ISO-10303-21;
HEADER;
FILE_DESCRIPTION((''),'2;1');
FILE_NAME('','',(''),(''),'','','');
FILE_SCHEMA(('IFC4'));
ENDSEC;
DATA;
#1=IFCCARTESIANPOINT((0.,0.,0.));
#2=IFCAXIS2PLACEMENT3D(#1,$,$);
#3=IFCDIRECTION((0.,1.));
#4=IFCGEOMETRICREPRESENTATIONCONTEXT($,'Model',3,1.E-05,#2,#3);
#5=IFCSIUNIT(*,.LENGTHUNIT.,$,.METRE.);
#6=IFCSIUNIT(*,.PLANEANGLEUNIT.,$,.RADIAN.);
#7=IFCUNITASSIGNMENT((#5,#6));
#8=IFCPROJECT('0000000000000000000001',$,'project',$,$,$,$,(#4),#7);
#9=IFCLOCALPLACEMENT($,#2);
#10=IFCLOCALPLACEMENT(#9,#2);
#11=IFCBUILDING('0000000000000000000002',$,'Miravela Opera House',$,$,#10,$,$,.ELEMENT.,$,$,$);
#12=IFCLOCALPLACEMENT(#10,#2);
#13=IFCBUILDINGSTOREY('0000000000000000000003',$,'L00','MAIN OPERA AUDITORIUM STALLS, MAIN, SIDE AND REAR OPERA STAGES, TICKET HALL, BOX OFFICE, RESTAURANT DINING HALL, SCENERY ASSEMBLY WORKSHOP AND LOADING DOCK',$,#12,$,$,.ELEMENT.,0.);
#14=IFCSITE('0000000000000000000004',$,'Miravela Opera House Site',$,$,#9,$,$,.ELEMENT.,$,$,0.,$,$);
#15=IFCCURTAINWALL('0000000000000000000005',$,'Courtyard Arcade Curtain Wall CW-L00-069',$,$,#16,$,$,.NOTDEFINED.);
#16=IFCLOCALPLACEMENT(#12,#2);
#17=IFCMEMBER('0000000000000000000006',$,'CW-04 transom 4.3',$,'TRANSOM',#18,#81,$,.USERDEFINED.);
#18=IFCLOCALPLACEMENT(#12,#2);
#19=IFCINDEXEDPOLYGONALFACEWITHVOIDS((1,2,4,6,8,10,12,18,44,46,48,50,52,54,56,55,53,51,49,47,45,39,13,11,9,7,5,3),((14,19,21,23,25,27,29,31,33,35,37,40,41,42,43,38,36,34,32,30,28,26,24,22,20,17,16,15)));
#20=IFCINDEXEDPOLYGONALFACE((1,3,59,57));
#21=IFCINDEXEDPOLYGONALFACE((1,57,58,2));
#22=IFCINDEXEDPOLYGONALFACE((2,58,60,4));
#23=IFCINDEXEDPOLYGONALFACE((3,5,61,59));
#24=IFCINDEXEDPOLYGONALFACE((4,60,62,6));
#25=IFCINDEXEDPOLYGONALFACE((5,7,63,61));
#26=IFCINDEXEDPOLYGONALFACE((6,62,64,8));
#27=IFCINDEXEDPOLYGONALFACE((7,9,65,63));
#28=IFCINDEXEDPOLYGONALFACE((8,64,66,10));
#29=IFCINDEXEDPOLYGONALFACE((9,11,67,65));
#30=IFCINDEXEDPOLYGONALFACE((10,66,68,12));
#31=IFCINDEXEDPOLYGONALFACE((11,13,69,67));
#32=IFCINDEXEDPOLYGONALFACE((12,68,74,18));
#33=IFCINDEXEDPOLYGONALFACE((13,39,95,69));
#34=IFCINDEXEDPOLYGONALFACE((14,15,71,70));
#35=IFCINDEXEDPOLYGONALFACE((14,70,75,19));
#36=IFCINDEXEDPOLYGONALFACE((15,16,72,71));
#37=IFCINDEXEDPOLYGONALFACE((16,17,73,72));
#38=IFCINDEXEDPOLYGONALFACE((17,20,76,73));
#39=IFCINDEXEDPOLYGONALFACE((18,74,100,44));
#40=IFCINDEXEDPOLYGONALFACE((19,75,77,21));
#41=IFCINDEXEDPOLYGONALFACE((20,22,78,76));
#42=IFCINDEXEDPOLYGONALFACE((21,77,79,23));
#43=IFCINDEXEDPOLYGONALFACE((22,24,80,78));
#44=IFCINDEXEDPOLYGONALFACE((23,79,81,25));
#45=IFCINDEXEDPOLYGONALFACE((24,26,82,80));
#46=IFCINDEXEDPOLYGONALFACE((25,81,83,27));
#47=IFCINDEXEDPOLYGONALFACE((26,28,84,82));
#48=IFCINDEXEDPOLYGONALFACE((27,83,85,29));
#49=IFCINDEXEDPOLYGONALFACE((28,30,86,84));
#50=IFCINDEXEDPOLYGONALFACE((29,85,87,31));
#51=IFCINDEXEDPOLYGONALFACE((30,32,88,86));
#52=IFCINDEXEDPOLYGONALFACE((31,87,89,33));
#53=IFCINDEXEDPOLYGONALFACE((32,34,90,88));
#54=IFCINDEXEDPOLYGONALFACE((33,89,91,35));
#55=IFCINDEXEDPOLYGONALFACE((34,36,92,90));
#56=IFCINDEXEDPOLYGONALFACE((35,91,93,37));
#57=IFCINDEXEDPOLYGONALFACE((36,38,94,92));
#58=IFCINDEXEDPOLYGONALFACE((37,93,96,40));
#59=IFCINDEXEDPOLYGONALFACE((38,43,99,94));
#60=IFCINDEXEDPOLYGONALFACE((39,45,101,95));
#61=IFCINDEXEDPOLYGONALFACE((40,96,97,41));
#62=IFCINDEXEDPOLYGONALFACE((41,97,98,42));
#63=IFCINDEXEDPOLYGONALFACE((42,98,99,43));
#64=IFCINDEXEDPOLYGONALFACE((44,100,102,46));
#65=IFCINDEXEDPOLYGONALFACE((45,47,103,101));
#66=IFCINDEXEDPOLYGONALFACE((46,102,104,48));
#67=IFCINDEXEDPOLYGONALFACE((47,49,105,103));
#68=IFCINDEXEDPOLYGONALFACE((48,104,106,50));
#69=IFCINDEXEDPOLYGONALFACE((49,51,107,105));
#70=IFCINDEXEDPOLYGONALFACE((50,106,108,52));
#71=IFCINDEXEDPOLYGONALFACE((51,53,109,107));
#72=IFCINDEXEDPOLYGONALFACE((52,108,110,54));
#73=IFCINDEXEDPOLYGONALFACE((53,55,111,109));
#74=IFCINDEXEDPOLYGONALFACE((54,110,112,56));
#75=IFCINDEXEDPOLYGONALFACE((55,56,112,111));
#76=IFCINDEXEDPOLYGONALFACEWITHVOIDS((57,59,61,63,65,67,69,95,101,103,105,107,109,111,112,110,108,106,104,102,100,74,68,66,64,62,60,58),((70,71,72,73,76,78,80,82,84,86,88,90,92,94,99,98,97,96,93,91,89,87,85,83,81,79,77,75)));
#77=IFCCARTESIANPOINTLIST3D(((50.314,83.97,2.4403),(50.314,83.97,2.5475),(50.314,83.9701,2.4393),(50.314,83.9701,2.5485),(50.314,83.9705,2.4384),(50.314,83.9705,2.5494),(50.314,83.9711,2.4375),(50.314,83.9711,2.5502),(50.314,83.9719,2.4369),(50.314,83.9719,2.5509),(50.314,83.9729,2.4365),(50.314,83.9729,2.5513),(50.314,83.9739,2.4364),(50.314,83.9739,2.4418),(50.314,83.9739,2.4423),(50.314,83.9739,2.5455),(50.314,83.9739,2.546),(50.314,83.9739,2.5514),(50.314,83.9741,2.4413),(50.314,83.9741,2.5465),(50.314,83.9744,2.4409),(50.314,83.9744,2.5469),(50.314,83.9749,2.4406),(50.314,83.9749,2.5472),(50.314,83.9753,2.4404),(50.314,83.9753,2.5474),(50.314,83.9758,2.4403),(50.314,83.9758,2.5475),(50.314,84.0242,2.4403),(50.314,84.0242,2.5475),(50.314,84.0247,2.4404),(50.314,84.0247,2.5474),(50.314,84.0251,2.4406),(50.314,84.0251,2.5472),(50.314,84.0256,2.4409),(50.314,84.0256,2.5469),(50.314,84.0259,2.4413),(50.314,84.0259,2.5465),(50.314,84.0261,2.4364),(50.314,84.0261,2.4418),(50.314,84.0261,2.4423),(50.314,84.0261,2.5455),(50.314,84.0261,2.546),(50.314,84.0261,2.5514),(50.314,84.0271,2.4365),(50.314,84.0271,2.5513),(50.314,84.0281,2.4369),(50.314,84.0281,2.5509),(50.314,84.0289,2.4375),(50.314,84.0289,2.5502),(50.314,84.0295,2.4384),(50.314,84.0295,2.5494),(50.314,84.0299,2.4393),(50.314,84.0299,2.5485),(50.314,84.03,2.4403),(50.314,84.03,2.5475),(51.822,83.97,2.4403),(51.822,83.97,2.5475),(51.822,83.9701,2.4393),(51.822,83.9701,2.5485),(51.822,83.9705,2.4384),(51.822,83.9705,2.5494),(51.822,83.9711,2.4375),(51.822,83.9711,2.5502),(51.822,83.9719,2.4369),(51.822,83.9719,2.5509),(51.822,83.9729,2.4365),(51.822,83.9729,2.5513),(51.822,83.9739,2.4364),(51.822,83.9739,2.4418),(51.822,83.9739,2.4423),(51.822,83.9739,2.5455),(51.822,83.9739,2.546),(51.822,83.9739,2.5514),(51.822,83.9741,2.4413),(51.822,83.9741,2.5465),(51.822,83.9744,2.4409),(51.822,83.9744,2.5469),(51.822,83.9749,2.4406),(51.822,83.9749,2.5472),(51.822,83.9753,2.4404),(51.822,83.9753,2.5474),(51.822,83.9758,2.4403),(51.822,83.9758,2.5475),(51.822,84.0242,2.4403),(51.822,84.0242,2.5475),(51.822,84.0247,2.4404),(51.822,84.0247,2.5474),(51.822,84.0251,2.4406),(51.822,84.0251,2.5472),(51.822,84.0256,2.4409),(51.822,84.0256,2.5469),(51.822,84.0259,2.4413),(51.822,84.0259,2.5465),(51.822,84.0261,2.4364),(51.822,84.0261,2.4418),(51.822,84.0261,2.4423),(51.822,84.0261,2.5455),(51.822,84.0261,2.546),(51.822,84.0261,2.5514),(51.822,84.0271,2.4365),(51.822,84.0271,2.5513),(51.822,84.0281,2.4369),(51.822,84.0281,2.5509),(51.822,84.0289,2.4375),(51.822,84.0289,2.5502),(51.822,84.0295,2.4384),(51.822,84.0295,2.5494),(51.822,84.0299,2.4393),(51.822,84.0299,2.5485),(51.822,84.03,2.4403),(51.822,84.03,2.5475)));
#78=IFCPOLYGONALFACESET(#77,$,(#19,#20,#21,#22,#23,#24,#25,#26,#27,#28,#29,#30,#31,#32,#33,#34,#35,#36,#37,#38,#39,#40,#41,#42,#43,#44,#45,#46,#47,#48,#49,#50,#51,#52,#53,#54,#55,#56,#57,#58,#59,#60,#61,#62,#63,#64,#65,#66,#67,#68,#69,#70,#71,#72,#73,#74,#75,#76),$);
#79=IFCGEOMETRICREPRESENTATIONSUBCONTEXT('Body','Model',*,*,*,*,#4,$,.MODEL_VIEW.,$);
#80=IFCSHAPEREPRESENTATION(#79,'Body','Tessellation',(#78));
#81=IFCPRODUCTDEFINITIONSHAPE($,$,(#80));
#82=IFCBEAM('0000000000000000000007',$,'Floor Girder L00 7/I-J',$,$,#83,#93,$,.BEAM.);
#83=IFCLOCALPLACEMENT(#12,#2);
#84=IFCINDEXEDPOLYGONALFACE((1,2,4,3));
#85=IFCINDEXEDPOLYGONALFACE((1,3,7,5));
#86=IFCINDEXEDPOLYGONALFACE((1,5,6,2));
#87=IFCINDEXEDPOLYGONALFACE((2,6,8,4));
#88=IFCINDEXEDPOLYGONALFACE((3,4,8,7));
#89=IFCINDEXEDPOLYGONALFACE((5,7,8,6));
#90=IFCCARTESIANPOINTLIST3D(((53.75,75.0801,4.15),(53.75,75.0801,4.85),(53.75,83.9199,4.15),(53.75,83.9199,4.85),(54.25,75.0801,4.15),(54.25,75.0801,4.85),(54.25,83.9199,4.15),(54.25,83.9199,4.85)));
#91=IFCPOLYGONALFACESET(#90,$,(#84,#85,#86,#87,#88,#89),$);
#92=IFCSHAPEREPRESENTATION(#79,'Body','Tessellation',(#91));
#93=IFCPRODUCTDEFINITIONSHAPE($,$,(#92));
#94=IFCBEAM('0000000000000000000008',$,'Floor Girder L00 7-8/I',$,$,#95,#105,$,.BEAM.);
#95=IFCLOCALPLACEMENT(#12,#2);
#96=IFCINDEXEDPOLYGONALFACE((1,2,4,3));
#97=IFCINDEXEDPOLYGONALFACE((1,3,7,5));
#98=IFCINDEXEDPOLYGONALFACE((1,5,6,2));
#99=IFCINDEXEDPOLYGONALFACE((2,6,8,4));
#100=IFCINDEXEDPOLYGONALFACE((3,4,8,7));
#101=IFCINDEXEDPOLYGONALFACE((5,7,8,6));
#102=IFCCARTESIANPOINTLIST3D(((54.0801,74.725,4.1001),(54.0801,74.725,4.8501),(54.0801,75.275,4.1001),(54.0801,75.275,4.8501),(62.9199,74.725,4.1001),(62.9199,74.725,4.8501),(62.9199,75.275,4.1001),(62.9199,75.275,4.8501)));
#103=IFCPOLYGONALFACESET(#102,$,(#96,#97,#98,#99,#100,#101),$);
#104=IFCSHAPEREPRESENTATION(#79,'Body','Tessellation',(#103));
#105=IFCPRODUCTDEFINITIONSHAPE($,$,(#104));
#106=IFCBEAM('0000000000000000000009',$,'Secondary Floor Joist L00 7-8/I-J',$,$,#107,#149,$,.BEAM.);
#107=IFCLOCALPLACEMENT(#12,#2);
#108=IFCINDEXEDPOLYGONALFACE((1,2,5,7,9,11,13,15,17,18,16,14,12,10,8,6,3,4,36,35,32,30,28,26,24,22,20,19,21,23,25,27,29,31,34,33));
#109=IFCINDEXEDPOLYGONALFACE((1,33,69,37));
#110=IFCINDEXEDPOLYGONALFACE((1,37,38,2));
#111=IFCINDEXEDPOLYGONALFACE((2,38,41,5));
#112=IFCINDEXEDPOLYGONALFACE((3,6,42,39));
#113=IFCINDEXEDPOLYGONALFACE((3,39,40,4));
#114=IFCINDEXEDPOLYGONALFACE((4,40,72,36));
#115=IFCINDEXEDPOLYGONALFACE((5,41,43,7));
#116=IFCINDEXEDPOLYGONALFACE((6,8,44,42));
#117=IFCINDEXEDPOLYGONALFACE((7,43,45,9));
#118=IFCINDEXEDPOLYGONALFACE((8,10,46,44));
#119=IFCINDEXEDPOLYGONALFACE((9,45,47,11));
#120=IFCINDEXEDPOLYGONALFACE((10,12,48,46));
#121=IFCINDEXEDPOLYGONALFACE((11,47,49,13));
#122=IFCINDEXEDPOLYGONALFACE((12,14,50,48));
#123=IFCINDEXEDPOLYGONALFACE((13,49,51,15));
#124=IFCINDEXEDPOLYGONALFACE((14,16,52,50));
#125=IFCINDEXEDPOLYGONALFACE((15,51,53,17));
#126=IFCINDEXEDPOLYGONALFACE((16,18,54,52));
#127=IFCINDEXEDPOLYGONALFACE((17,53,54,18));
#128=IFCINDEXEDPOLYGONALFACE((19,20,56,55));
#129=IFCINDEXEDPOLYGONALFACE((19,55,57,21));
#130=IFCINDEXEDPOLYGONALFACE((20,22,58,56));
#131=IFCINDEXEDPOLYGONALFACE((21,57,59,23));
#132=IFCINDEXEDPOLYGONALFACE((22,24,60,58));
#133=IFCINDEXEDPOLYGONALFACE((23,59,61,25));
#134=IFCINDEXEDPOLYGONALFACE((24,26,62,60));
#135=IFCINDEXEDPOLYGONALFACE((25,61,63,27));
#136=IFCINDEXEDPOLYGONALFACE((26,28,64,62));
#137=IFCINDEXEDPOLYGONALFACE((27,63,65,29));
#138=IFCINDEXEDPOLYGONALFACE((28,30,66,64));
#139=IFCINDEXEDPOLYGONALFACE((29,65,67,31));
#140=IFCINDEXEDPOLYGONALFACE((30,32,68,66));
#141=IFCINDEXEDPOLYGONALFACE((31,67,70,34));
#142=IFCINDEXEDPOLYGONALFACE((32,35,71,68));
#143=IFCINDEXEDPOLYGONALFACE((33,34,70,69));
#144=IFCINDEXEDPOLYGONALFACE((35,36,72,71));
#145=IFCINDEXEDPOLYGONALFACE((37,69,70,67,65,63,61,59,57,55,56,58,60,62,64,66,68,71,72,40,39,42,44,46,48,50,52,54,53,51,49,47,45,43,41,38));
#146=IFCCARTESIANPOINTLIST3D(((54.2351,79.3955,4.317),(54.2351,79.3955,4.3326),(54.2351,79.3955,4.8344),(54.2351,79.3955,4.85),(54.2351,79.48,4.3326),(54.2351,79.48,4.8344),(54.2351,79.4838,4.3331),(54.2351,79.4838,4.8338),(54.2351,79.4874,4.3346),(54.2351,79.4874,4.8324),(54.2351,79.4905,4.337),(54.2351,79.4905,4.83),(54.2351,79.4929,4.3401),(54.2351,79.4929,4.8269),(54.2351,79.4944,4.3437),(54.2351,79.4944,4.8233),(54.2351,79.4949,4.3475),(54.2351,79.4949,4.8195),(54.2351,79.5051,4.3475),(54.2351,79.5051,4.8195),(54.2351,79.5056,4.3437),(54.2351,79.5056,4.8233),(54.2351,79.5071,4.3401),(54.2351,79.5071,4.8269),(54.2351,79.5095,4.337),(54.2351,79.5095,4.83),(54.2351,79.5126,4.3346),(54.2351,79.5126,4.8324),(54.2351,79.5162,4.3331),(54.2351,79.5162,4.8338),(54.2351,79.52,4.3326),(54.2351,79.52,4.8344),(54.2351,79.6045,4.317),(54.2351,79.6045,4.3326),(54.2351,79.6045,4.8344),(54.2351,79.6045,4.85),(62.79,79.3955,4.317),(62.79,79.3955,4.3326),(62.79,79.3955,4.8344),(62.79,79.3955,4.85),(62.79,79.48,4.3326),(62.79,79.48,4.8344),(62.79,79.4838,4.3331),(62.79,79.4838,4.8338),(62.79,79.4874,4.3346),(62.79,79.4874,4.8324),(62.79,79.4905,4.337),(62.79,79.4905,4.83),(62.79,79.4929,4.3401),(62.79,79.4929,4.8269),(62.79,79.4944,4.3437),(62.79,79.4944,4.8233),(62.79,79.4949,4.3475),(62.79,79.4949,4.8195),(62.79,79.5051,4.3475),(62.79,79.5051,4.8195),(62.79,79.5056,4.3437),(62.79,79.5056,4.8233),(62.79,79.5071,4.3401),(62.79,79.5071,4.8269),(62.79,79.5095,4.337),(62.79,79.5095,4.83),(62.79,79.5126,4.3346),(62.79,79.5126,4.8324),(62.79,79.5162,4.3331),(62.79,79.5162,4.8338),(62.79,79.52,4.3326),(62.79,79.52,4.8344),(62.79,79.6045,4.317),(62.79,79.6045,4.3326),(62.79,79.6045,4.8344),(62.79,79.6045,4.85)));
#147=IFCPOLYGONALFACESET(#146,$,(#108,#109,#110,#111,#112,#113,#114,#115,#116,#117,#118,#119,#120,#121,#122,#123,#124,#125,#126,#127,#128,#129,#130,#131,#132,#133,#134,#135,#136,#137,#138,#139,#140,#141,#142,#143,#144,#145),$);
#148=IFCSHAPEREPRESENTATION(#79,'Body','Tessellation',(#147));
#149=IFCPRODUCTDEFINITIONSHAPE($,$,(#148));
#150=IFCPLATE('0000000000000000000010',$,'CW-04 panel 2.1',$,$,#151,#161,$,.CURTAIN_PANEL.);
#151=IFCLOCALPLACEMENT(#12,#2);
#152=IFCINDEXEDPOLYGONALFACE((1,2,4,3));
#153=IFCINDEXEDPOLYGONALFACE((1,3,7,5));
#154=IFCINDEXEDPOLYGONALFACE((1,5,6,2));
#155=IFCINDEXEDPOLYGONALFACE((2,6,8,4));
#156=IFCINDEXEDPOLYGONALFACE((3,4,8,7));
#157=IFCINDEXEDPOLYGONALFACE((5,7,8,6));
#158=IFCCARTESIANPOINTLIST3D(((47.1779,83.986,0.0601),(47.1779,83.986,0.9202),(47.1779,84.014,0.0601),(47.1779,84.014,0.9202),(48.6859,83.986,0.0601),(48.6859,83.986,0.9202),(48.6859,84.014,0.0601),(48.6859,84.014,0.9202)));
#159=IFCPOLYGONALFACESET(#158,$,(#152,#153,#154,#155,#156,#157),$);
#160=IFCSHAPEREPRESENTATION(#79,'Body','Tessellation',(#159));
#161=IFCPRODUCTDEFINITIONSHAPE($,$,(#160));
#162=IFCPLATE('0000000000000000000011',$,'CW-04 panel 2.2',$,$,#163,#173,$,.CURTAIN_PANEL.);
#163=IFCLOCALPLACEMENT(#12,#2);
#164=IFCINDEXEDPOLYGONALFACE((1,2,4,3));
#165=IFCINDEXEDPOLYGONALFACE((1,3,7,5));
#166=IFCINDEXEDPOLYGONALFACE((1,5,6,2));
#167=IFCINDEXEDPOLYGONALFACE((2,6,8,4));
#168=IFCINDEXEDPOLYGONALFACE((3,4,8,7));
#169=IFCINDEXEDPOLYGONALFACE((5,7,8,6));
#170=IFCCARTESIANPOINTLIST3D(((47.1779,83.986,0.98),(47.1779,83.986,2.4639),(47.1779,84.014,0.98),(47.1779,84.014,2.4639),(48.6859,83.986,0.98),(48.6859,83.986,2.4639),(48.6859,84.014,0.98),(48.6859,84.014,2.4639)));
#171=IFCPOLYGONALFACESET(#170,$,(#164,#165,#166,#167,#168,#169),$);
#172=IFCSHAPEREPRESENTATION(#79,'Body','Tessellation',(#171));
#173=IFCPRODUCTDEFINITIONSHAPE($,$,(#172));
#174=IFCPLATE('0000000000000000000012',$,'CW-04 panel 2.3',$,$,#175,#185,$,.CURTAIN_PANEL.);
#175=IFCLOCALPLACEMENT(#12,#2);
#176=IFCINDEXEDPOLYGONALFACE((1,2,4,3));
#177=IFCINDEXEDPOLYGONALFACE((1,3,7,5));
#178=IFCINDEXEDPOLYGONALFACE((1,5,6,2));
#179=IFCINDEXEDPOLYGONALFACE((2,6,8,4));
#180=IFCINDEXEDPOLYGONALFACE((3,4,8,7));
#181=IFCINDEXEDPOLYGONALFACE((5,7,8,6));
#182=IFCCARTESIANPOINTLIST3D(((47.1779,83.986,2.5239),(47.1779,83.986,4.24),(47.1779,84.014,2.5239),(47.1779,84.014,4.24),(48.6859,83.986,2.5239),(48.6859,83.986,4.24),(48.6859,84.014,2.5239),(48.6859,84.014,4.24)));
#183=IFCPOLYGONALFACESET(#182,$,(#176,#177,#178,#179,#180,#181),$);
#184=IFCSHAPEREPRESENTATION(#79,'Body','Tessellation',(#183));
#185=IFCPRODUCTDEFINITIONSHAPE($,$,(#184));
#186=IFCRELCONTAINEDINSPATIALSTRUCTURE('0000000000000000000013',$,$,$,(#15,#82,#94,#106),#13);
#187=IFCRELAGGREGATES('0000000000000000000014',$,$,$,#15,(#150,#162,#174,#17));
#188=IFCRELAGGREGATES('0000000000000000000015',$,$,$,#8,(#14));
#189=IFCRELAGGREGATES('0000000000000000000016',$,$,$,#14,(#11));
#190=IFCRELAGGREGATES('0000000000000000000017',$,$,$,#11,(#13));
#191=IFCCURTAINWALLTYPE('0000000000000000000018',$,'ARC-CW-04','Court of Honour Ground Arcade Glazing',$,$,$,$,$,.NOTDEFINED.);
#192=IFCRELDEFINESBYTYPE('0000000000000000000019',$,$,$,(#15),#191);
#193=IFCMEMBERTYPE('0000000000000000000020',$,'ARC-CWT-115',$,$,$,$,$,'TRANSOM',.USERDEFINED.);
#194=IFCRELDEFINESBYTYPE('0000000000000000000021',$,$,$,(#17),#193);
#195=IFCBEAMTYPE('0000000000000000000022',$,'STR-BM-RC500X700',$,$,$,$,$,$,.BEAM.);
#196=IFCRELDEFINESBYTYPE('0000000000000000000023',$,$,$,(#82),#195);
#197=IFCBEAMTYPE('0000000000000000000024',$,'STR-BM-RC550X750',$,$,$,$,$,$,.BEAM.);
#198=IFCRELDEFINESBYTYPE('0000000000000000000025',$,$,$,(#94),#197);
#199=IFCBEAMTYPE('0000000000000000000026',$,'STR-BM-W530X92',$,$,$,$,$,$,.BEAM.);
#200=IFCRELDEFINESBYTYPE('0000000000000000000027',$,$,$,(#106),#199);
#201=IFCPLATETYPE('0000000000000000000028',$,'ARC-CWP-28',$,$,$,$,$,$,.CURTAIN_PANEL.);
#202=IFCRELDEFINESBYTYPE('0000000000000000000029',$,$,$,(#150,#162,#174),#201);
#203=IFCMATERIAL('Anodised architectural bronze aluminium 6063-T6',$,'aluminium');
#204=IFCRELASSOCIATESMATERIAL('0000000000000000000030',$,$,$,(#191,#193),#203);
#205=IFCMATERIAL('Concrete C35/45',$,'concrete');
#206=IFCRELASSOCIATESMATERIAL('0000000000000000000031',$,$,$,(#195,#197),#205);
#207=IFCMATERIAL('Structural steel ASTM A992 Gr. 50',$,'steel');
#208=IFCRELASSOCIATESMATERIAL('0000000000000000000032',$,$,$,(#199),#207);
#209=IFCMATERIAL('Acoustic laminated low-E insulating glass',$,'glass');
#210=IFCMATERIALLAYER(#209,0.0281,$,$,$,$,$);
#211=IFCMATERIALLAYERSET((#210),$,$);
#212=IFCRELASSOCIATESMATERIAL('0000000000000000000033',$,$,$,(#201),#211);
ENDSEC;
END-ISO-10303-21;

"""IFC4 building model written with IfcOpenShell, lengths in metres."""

from ifc_helpers import new_model, si_unit, direction, frame, origin, origin_2d, place, context, subcontext, project, spatial, rectangle, hollow_rectangle, i_section, extrude, material, layer, layer_set, material_profile, profile_set, type_object, element, aggregate, save


model = new_model("IFC4")

# Units and contexts
model_context = context("Model", 3, precision=1e-05, world=origin(), true_north=direction((0.0, 1.0)))
body_context = subcontext(model_context, "Body", "Model", "MODEL_VIEW")
ifc_project = project(units=[si_unit("LENGTHUNIT", "METRE"), si_unit("PLANEANGLEUNIT", "RADIAN")], contexts=[model_context])

# Site, building, storey
site_placement = place(None, origin())
site = spatial("IfcSite", under=ifc_project, at=site_placement, Name="Miravela Opera House Site", CompositionType="ELEMENT", RefElevation=0.0)
building_placement = place(site_placement, origin())
building = spatial("IfcBuilding", under=site, at=building_placement, Name="Miravela Opera House", CompositionType="ELEMENT")
storey_placement = place(building_placement, origin())
storey = spatial("IfcBuildingStorey", under=building, at=storey_placement, Name="L00", Description="MAIN OPERA AUDITORIUM STALLS, MAIN, SIDE AND REAR OPERA STAGES, TICKET HALL, BOX OFFICE, RESTAURANT DINING HALL, SCENERY ASSEMBLY WORKSHOP AND LOADING DOCK", CompositionType="ELEMENT", Elevation=0.0)

# Curtain wall, member
ifc_material_1 = material(Name="Anodised architectural bronze aluminium 6063-T6", Category="aluminium")
curtain_wall_type = type_object("IfcCurtainWallType", Name="ARC-CW-04", Description="Court of Honour Ground Arcade Glazing", PredefinedType="NOTDEFINED", material=ifc_material_1)
curtain_wall_placement = place(storey_placement, origin())
curtain_wall = element("IfcCurtainWall", 1, at=curtain_wall_placement, inside=storey, type_object=curtain_wall_type, Name="Courtyard Arcade Curtain Wall CW-L00-069", PredefinedType="NOTDEFINED")
ifc_material_profile_1 = material_profile(ifc_material_1, hollow_rectangle(XDim=0.0601, YDim=0.115, WallThickness=0.0039, InnerFilletRadius=0.002, OuterFilletRadius=0.0039, at=origin_2d()), Name="CWT-60X115")
ifc_profile_set_1 = profile_set([ifc_material_profile_1])
member_type_1 = type_object("IfcMemberType", Name="ARC-CWT-115", ElementType="TRANSOM", PredefinedType="USERDEFINED", material=ifc_profile_set_1)
member_1_placement = place(storey_placement, frame((50.314, 84.0, 2.4939), z_axis=(1.0, 0.0, 0.0), x_axis=(0.0, 1.0, 0.0)))
member_1 = element("IfcMember", 2, at=member_1_placement, type_object=member_type_1, Name="CW-04 transom 4.3", ObjectType="TRANSOM", PredefinedType="USERDEFINED", context=body_context, shape_type="SweptSolid", body=[
    extrude(hollow_rectangle(XDim=0.0601, YDim=0.115, WallThickness=0.0039, InnerFilletRadius=0.002, OuterFilletRadius=0.0039, at=origin_2d()), origin(), (0.0, 0.0, 1.0), 1.5081),
])

# Beams
ifc_material_2 = material(Name="Concrete C35/45", Category="concrete")
ifc_material_profile_2 = material_profile(ifc_material_2, rectangle(XDim=0.5, YDim=0.7, at=origin_2d()), Name="RC-BM-500X700")
ifc_profile_set_2 = profile_set([ifc_material_profile_2])
beam_type_1 = type_object("IfcBeamType", Name="STR-BM-RC500X700", PredefinedType="BEAM", material=ifc_profile_set_2)
beam_1_placement = place(storey_placement, frame((54.0, 75.0801, 4.5), z_axis=(0.0, 1.0, 0.0), x_axis=(-1.0, 0.0, 0.0)))
element("IfcBeam", 3, at=beam_1_placement, inside=storey, type_object=beam_type_1, Name="Floor Girder L00 7/I-J", PredefinedType="BEAM", context=body_context, shape_type="SweptSolid", body=[
    extrude(rectangle(XDim=0.5, YDim=0.7, at=origin_2d()), origin(), (0.0, 0.0, 1.0), 8.8398),
])
ifc_material_profile_3 = material_profile(ifc_material_2, rectangle(XDim=0.55, YDim=0.75, at=origin_2d()), Name="RC-BM-550X750")
ifc_profile_set_3 = profile_set([ifc_material_profile_3])
beam_type_2 = type_object("IfcBeamType", Name="STR-BM-RC550X750", PredefinedType="BEAM", material=ifc_profile_set_3)
beam_2_placement = place(storey_placement, frame((54.0801, 75.0, 4.4751), z_axis=(1.0, 0.0, 0.0), x_axis=(0.0, 1.0, 0.0)))
element("IfcBeam", 4, at=beam_2_placement, inside=storey, type_object=beam_type_2, Name="Floor Girder L00 7-8/I", PredefinedType="BEAM", context=body_context, shape_type="SweptSolid", body=[
    extrude(rectangle(XDim=0.55, YDim=0.75, at=origin_2d()), origin(), (0.0, 0.0, 1.0), 8.8398),
])
ifc_material_3 = material(Name="Structural steel ASTM A992 Gr. 50", Category="steel")
ifc_material_profile_4 = material_profile(ifc_material_3, i_section(OverallWidth=0.209, OverallDepth=0.533, WebThickness=0.0103, FlangeThickness=0.0156, FilletRadius=0.0149, at=origin_2d()), Name="W530X92")
ifc_profile_set_4 = profile_set([ifc_material_profile_4])
beam_type_3 = type_object("IfcBeamType", Name="STR-BM-W530X92", PredefinedType="BEAM", material=ifc_profile_set_4)
beam_3_placement = place(storey_placement, frame((54.2351, 79.5, 4.5835), z_axis=(1.0, 0.0, 0.0), x_axis=(0.0, 1.0, 0.0)))
element("IfcBeam", 5, at=beam_3_placement, inside=storey, type_object=beam_type_3, Name="Secondary Floor Joist L00 7-8/I-J", PredefinedType="BEAM", context=body_context, shape_type="SweptSolid", body=[
    extrude(i_section(OverallWidth=0.209, OverallDepth=0.533, WebThickness=0.0103, FlangeThickness=0.0156, FilletRadius=0.0149, at=origin_2d()), origin(), (0.0, 0.0, 1.0), 8.5549),
])

# Plates
ifc_material_4 = material(Name="Acoustic laminated low-E insulating glass", Category="glass")
ifc_layer_1 = layer(ifc_material_4, 0.0281)
ifc_layer_set_1 = layer_set([ifc_layer_1])
plate_type = type_object("IfcPlateType", Name="ARC-CWP-28", PredefinedType="CURTAIN_PANEL", material=ifc_layer_set_1)
plate_1_placement = place(storey_placement, frame((47.9319, 84.0, 0.0601), z_axis=(0.0, 0.0, 1.0), x_axis=(1.0, 0.0, 0.0)))
plate_1 = element("IfcPlate", 6, at=plate_1_placement, type_object=plate_type, Name="CW-04 panel 2.1", PredefinedType="CURTAIN_PANEL", context=body_context, shape_type="SweptSolid", body=[
    extrude(rectangle(XDim=1.5081, YDim=0.0281, at=origin_2d()), origin(), (0.0, 0.0, 1.0), 0.8601),
])
plate_2_placement = place(storey_placement, frame((47.9319, 84.0, 0.98), z_axis=(0.0, 0.0, 1.0), x_axis=(1.0, 0.0, 0.0)))
plate_2 = element("IfcPlate", 7, at=plate_2_placement, type_object=plate_type, Name="CW-04 panel 2.2", PredefinedType="CURTAIN_PANEL", context=body_context, shape_type="SweptSolid", body=[
    extrude(rectangle(XDim=1.5081, YDim=0.0281, at=origin_2d()), origin(), (0.0, 0.0, 1.0), 1.4839),
])
plate_3_placement = place(storey_placement, frame((47.9319, 84.0, 2.5239), z_axis=(0.0, 0.0, 1.0), x_axis=(1.0, 0.0, 0.0)))
plate_3 = element("IfcPlate", 8, at=plate_3_placement, type_object=plate_type, Name="CW-04 panel 2.3", PredefinedType="CURTAIN_PANEL", context=body_context, shape_type="SweptSolid", body=[
    extrude(rectangle(XDim=1.5081, YDim=0.0281, at=origin_2d()), origin(), (0.0, 0.0, 1.0), 1.7161),
])
aggregate(curtain_wall, [plate_1, plate_2, plate_3, member_1])

save(model, "model.ifc")
